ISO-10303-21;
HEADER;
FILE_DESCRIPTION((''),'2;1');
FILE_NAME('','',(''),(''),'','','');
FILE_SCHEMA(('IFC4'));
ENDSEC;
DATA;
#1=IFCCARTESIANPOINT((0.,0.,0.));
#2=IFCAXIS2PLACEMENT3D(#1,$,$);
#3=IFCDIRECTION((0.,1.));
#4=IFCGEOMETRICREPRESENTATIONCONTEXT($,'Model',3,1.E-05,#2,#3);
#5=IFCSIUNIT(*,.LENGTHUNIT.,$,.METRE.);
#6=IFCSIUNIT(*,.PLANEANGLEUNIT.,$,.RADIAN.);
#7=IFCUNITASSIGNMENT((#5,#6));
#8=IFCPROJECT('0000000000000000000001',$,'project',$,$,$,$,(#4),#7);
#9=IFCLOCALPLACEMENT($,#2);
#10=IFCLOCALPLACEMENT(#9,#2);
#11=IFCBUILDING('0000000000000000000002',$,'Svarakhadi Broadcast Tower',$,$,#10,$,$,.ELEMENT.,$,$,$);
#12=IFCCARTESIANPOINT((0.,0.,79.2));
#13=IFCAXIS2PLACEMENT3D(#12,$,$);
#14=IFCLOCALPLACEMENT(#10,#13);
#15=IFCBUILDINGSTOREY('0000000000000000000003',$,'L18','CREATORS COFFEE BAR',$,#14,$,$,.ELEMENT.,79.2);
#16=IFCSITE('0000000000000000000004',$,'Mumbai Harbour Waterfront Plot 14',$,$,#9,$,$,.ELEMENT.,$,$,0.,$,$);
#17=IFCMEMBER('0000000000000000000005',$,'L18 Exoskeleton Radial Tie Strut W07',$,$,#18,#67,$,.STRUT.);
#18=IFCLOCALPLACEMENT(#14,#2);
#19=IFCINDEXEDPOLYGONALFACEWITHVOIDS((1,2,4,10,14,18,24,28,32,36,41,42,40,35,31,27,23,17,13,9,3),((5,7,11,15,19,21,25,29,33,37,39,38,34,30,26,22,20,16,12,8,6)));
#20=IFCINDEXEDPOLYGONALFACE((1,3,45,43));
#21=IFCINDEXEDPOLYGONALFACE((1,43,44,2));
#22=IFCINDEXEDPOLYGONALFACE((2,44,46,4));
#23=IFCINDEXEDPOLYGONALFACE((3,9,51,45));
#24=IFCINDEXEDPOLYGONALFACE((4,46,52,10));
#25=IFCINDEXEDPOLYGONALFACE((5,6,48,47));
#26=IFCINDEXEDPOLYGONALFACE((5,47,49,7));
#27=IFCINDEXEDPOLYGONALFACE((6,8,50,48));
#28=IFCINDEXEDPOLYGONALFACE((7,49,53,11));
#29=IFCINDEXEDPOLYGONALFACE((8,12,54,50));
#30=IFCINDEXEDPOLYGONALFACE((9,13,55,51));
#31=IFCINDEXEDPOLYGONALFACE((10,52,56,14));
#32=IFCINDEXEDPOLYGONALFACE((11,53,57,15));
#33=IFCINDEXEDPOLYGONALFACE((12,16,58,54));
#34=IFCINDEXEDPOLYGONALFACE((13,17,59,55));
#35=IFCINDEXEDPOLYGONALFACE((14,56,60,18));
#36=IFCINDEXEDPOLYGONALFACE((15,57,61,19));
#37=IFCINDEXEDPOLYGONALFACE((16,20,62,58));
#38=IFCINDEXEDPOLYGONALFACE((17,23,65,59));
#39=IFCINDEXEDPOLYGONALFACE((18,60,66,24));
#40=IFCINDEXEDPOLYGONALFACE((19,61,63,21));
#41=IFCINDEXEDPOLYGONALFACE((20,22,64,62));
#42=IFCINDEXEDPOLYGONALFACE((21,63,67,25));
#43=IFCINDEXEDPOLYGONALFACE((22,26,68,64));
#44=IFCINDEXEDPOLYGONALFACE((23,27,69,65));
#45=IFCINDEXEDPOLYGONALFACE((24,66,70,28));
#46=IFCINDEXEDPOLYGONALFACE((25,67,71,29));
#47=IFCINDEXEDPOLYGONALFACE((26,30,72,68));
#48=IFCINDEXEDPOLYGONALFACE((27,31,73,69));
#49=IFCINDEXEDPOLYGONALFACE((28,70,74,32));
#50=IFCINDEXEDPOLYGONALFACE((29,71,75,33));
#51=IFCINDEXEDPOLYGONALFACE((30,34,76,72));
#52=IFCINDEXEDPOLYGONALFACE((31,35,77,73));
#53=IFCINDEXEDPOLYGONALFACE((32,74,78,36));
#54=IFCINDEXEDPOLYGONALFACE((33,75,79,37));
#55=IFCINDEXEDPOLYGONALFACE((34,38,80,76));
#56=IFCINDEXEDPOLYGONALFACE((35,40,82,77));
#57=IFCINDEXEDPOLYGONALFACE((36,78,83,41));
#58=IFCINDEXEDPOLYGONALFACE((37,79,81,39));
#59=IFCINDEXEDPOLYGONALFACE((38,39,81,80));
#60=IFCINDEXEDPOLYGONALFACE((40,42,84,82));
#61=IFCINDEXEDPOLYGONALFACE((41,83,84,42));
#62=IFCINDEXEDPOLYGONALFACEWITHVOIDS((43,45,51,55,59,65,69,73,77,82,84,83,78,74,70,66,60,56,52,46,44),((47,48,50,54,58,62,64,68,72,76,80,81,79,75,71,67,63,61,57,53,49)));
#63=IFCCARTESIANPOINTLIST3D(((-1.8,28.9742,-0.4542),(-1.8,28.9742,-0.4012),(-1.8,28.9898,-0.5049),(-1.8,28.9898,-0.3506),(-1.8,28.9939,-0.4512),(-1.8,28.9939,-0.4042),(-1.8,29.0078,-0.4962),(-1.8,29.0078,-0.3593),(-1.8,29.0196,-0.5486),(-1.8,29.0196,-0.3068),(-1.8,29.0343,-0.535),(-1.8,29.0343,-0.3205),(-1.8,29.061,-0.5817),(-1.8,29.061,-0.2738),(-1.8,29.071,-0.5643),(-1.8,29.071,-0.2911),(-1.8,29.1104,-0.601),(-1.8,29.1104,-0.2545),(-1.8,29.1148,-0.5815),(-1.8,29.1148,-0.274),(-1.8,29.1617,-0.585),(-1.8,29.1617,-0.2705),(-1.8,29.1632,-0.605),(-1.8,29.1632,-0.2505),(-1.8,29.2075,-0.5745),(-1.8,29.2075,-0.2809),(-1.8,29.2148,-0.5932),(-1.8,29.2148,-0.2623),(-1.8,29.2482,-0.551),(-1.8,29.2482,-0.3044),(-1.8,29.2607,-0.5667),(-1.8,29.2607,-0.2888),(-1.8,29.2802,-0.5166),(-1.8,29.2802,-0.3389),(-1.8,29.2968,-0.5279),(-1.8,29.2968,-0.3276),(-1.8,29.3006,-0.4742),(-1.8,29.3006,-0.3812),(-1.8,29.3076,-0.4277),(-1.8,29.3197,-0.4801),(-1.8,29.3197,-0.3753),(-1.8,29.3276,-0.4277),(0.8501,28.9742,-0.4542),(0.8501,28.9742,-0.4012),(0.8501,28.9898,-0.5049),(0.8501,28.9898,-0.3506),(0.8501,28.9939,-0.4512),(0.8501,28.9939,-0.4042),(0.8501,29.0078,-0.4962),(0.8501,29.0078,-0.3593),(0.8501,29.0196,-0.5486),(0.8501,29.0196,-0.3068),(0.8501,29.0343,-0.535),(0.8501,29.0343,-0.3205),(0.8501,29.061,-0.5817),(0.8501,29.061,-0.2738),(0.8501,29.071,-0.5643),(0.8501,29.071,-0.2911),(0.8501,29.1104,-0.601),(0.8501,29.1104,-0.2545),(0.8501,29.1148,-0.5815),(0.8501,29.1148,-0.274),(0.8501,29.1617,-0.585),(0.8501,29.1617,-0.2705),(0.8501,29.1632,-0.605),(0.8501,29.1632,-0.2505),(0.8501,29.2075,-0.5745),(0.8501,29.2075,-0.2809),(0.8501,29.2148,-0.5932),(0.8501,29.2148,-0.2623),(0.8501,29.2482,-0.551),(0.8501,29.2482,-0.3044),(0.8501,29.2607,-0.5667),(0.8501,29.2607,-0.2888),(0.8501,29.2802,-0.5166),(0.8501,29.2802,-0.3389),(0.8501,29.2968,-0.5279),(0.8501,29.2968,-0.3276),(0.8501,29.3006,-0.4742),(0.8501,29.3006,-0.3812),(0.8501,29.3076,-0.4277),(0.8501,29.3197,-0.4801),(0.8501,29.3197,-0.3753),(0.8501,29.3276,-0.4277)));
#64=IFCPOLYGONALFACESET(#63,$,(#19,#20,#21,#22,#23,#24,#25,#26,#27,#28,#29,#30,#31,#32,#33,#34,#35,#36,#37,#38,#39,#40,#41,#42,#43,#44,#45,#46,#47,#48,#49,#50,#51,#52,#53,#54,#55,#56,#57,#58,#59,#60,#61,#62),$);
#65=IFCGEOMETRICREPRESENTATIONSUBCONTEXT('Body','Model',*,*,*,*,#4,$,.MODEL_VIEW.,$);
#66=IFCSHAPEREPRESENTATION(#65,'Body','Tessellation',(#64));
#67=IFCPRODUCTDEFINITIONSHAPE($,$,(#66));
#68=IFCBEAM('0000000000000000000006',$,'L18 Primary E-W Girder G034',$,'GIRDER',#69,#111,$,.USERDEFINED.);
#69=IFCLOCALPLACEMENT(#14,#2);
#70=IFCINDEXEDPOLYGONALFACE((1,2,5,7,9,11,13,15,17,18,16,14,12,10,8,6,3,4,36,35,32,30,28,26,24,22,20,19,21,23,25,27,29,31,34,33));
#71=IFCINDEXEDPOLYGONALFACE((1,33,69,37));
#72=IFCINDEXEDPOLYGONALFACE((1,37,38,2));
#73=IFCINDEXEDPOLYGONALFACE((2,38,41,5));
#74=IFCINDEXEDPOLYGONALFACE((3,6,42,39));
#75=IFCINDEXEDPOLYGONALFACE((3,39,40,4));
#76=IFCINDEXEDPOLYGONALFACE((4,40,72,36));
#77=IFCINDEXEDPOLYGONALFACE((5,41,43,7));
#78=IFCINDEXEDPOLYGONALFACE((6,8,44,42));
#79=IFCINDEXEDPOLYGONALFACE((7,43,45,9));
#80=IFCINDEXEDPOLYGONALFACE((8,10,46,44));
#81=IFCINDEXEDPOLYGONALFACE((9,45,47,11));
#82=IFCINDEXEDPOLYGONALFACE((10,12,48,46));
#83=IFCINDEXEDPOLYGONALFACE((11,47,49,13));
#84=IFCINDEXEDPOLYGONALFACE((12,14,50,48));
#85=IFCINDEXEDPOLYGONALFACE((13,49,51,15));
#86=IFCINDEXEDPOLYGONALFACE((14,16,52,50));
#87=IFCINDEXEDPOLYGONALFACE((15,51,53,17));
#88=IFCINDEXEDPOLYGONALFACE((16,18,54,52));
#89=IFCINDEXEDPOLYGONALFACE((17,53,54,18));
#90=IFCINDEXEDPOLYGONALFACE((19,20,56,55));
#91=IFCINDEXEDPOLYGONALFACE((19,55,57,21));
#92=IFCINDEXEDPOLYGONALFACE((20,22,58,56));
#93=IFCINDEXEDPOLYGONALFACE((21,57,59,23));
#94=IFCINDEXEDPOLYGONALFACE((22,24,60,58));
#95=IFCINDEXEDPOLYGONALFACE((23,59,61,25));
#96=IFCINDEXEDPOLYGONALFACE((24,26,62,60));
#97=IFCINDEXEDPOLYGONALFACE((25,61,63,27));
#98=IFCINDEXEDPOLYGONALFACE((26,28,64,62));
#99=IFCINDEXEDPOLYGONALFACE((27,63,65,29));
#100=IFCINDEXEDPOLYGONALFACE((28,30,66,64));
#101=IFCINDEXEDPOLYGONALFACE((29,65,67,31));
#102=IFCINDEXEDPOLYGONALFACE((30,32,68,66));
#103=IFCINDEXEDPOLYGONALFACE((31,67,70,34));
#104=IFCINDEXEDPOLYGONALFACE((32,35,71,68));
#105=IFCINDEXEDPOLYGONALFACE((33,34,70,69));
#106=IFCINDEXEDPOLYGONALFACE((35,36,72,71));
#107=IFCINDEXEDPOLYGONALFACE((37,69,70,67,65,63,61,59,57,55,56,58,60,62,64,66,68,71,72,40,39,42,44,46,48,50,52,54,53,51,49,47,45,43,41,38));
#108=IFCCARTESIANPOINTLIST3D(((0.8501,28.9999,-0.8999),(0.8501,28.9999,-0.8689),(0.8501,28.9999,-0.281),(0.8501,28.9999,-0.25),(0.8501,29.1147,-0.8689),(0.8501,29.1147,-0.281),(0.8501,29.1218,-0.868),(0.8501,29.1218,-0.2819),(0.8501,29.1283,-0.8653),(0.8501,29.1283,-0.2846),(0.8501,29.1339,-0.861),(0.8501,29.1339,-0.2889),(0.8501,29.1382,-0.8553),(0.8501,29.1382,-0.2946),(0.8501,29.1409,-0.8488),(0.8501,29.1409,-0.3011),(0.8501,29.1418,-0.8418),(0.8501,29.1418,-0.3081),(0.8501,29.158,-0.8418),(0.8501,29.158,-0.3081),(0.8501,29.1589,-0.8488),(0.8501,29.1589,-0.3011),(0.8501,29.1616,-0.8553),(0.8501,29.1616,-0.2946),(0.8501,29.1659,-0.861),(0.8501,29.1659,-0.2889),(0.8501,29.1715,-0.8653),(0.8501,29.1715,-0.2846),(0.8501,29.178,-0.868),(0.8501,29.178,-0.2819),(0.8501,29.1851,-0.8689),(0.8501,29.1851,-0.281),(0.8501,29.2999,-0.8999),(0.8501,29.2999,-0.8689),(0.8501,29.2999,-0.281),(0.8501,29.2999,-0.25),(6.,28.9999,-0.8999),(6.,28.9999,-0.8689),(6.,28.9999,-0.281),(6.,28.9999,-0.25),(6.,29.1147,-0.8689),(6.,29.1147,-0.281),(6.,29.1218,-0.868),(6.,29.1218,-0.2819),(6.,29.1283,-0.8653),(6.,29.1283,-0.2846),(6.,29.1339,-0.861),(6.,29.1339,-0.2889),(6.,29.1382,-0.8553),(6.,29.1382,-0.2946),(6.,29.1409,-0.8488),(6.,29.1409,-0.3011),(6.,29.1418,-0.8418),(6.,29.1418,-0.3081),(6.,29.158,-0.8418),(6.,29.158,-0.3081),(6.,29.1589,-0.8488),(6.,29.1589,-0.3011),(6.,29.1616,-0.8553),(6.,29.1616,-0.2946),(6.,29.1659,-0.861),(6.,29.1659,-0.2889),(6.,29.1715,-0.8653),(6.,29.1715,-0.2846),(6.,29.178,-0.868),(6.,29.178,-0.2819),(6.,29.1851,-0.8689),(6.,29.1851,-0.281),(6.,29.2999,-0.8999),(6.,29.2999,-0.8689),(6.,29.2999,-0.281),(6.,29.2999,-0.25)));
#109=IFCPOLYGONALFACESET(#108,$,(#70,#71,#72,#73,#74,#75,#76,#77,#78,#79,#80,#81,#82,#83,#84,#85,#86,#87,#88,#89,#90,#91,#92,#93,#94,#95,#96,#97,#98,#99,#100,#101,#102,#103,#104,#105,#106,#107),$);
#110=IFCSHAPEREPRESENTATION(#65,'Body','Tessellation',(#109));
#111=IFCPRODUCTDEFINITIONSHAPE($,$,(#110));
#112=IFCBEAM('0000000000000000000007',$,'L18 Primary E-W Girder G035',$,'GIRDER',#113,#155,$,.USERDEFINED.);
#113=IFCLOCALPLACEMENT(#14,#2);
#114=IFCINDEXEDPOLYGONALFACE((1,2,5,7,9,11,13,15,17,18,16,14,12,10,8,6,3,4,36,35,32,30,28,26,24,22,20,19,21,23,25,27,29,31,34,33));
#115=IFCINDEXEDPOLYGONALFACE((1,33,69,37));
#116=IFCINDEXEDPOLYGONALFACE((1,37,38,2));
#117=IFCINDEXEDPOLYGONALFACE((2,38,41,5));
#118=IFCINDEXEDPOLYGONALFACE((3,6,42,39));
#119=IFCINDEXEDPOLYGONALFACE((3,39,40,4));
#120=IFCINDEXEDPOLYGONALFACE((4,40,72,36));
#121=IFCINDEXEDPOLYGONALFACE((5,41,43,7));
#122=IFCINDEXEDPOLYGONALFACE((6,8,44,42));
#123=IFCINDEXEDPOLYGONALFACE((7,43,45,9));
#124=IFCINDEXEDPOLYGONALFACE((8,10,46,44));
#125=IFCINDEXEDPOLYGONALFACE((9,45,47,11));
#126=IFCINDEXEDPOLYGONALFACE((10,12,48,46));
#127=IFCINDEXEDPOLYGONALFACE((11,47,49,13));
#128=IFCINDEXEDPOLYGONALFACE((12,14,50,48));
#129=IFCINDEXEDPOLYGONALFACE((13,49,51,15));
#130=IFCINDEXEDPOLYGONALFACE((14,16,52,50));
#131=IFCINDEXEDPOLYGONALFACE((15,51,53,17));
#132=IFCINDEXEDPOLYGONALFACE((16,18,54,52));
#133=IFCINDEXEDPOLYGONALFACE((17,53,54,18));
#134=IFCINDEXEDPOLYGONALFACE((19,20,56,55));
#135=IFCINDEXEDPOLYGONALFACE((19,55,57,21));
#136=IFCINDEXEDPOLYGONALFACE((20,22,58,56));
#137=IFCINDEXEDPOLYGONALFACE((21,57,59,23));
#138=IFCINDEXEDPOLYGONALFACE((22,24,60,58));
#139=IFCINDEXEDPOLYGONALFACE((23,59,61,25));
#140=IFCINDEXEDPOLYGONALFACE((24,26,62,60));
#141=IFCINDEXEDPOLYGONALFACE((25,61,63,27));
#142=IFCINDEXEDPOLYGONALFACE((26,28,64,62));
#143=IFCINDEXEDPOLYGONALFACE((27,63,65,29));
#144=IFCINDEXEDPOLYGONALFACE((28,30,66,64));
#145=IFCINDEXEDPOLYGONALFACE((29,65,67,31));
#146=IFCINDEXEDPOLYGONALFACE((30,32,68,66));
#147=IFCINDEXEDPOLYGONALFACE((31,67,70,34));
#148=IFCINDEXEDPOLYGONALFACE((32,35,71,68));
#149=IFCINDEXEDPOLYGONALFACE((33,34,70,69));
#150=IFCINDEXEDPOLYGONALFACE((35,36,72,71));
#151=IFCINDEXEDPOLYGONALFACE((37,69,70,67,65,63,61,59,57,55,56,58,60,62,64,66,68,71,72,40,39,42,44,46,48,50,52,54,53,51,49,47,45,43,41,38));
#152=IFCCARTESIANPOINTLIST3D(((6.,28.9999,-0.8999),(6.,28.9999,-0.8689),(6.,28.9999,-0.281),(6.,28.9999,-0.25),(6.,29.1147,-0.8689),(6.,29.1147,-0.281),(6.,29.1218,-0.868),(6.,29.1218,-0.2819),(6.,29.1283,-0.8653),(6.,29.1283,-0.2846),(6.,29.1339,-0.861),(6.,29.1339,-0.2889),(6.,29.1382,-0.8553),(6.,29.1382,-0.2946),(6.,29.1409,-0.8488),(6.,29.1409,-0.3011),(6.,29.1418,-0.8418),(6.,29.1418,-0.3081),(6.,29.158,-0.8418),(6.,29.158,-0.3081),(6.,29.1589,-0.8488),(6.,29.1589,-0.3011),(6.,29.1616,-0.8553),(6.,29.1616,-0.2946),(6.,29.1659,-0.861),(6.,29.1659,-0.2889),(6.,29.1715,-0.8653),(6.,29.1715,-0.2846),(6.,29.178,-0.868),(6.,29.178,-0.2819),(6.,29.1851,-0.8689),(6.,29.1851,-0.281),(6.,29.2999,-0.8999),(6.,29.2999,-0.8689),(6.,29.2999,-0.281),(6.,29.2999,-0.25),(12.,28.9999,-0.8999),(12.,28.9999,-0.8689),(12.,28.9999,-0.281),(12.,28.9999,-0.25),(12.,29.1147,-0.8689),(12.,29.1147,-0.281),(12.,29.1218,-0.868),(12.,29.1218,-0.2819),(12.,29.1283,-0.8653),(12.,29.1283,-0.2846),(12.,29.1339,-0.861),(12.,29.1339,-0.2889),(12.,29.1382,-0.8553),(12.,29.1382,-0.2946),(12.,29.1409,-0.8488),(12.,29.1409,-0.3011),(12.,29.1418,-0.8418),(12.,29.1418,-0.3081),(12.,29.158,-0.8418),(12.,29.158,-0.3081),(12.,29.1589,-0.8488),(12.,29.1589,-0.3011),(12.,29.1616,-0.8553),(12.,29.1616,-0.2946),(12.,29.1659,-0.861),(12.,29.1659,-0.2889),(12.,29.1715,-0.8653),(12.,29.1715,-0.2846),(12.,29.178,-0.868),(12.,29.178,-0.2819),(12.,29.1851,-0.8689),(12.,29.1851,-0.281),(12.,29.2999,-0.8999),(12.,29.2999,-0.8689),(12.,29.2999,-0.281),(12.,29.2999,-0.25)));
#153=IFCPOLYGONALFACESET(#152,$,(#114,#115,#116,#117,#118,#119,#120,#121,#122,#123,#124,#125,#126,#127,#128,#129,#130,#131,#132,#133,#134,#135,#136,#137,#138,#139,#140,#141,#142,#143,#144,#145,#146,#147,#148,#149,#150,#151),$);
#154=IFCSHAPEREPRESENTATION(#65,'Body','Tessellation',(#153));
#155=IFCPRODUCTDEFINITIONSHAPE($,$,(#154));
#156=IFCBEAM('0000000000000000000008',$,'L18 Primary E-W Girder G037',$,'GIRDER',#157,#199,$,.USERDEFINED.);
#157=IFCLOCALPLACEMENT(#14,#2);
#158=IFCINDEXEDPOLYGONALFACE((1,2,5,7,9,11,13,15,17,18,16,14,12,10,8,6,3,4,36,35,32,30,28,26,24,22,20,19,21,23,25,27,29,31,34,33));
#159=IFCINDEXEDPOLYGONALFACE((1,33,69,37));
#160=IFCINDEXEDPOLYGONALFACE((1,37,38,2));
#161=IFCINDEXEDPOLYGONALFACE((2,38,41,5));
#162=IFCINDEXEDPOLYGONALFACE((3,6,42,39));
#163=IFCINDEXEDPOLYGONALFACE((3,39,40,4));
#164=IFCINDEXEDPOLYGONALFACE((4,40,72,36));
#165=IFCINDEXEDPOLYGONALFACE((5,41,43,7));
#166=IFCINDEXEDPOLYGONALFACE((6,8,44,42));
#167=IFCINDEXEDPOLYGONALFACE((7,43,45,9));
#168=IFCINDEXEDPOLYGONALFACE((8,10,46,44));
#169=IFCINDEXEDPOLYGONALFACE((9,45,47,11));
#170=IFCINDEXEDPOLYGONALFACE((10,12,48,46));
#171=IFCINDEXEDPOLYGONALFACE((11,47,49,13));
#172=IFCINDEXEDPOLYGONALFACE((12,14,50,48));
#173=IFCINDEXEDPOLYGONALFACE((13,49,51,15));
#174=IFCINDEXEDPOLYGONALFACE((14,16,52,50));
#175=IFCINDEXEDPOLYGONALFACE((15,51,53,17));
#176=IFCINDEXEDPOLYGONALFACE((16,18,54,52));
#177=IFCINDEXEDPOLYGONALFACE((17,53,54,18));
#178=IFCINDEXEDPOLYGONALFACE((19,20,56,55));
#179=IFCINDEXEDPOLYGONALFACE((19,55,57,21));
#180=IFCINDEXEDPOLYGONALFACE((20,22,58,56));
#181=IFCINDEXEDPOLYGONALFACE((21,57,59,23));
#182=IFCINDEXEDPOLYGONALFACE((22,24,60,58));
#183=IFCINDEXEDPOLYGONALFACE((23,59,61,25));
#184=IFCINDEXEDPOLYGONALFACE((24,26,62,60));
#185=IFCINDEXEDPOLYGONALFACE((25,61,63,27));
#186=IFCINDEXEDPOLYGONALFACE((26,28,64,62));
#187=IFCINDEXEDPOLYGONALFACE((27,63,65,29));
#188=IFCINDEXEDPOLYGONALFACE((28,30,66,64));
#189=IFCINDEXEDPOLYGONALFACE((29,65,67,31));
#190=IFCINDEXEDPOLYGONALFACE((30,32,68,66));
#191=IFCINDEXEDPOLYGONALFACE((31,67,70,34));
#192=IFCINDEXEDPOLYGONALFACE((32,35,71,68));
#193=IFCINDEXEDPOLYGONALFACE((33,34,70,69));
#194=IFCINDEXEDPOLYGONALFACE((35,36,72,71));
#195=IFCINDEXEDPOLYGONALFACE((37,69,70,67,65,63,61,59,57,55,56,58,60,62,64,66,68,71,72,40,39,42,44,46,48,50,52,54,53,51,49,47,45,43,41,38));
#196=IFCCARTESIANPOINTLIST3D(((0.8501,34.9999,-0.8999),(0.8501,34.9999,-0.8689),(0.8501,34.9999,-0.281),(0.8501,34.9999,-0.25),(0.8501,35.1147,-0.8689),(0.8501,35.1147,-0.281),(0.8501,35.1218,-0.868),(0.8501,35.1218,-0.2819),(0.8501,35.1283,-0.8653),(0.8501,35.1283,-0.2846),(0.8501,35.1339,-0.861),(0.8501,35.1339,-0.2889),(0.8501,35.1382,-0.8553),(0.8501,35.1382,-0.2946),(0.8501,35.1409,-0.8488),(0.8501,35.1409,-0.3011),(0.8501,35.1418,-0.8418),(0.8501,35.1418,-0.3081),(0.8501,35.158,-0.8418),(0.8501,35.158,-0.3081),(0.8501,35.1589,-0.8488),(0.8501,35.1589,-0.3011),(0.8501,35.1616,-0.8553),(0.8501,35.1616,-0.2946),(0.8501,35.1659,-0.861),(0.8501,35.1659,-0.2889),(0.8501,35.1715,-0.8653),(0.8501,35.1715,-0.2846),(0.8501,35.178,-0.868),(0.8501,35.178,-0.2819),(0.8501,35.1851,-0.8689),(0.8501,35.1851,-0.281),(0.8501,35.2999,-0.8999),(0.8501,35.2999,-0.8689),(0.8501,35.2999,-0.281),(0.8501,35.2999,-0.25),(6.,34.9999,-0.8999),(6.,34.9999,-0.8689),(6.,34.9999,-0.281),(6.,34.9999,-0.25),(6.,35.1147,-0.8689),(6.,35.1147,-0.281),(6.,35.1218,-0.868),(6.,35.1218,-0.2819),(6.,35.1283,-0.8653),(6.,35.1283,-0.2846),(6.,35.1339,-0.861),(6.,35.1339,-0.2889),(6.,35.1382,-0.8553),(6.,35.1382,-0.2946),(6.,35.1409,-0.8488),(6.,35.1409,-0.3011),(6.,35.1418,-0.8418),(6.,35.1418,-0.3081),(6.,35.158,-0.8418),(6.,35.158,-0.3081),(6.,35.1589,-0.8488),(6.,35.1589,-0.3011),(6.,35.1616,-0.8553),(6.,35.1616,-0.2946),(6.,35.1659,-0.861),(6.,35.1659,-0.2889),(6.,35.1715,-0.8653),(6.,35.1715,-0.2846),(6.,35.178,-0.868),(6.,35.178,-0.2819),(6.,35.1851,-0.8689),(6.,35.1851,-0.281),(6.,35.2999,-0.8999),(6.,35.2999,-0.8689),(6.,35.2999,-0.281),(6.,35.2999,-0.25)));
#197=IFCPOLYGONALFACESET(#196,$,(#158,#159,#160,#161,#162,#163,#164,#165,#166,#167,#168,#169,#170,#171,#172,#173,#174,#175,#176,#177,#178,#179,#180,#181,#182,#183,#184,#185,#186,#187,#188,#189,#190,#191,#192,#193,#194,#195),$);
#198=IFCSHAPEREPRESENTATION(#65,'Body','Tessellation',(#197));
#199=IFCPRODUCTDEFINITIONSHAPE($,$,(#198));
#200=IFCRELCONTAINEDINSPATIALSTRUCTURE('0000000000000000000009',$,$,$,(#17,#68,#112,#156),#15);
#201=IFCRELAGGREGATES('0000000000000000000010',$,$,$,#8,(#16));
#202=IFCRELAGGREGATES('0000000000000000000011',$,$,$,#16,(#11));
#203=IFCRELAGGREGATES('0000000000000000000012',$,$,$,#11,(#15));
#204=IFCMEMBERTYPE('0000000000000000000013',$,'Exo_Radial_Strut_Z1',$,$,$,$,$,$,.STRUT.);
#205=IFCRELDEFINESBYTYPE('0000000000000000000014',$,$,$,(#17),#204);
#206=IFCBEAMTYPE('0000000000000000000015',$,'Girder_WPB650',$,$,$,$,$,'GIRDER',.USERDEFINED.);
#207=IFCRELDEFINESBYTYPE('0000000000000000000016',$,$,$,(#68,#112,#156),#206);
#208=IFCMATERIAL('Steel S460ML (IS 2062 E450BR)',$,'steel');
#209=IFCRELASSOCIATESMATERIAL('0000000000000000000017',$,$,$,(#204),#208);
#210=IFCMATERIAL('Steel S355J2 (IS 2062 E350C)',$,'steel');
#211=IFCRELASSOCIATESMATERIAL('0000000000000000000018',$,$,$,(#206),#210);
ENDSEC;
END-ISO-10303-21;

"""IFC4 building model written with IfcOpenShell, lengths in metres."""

from ifc_helpers import new_model, si_unit, direction, frame, origin, origin_2d, place, context, subcontext, project, spatial, hollow_circle, i_section, extrude, material, material_profile, profile_set, type_object, element, save


model = new_model("IFC4")

# Units and contexts
model_context = context("Model", 3, precision=1e-05, world=origin(), true_north=direction((0.0, 1.0)))
body_context = subcontext(model_context, "Body", "Model", "MODEL_VIEW")
ifc_project = project(units=[si_unit("LENGTHUNIT", "METRE"), si_unit("PLANEANGLEUNIT", "RADIAN")], contexts=[model_context])

# Site, building, storey
site_placement = place(None, origin())
site = spatial("IfcSite", under=ifc_project, at=site_placement, Name="Mumbai Harbour Waterfront Plot 14", CompositionType="ELEMENT", RefElevation=0.0)
building_placement = place(site_placement, origin())
building = spatial("IfcBuilding", under=site, at=building_placement, Name="Svarakhadi Broadcast Tower", CompositionType="ELEMENT")
storey_placement = place(building_placement, frame((0.0, 0.0, 79.2)))
storey = spatial("IfcBuildingStorey", under=building, at=storey_placement, Name="L18", Description="CREATORS COFFEE BAR", CompositionType="ELEMENT", Elevation=79.2)

# Shared definitions
ifc_material_1 = material(Name="Steel S460ML (IS 2062 E450BR)", Category="steel")

# Shared definitions
ifc_material_2 = material(Name="Steel S355J2 (IS 2062 E350C)", Category="steel")

# Member
ifc_material_profile_1 = material_profile(ifc_material_1, hollow_circle(Radius=0.1777, WallThickness=0.02, at=origin_2d()), Name="CHS 355.6x20")
ifc_profile_set_1 = profile_set([ifc_material_profile_1], Name="Steel S460ML (IS 2062 E450BR)")
member_type_1 = type_object("IfcMemberType", Name="Exo_Radial_Strut_Z1", PredefinedType="STRUT", material=ifc_profile_set_1)
member_1_placement = place(storey_placement, frame((-1.8, 29.1499, -0.4277), z_axis=(1.0, 0.0, 0.0), x_axis=(0.0, 1.0, 0.0)))
element("IfcMember", 1, at=member_1_placement, inside=storey, type_object=member_type_1, Name="L18 Exoskeleton Radial Tie Strut W07", PredefinedType="STRUT", context=body_context, shape_type="SweptSolid", body=[
    extrude(hollow_circle(Radius=0.1777, WallThickness=0.02, at=origin_2d()), origin(), (0.0, 0.0, 1.0), 2.6501),
])

# Beams
ifc_material_profile_2 = material_profile(ifc_material_2, i_section(OverallWidth=0.3, OverallDepth=0.6499, WebThickness=0.0161, FlangeThickness=0.031, FilletRadius=0.0271, at=origin_2d()), Name="WPB 650x300x225")
ifc_profile_set_2 = profile_set([ifc_material_profile_2], Name="Steel S355J2 (IS 2062 E350C)")
beam_type_1 = type_object("IfcBeamType", Name="Girder_WPB650", ElementType="GIRDER", PredefinedType="USERDEFINED", material=ifc_profile_set_2)
beam_1_placement = place(storey_placement, frame((0.8501, 29.1499, -0.575), z_axis=(1.0, 0.0, 0.0), x_axis=(0.0, 1.0, 0.0)))
element("IfcBeam", 2, at=beam_1_placement, inside=storey, type_object=beam_type_1, Name="L18 Primary E-W Girder G034", ObjectType="GIRDER", PredefinedType="USERDEFINED", context=body_context, shape_type="SweptSolid", body=[
    extrude(i_section(OverallWidth=0.3, OverallDepth=0.6499, WebThickness=0.0161, FlangeThickness=0.031, FilletRadius=0.0271, at=origin_2d()), origin(), (0.0, 0.0, 1.0), 5.1499),
])
beam_2_placement = place(storey_placement, frame((6.0, 29.1499, -0.575), z_axis=(1.0, 0.0, 0.0), x_axis=(0.0, 1.0, 0.0)))
element("IfcBeam", 3, at=beam_2_placement, inside=storey, type_object=beam_type_1, Name="L18 Primary E-W Girder G035", ObjectType="GIRDER", PredefinedType="USERDEFINED", context=body_context, shape_type="SweptSolid", body=[
    extrude(i_section(OverallWidth=0.3, OverallDepth=0.6499, WebThickness=0.0161, FlangeThickness=0.031, FilletRadius=0.0271, at=origin_2d()), origin(), (0.0, 0.0, 1.0), 6.0),
])
for number, where, z_axis, x_axis, name in (
    (4, (0.8501, 35.1499, -0.575), (1.0, 0.0, 0.0), (0.0, 1.0, 0.0), "L18 Primary E-W Girder G037"),
):
    element("IfcBeam", number, at=place(storey_placement, frame(where, z_axis=z_axis, x_axis=x_axis)), inside=storey, type_object=beam_type_1, Name=name, ObjectType="GIRDER", PredefinedType="USERDEFINED", context=body_context, shape_type="SweptSolid", body=[
        extrude(i_section(OverallWidth=0.3, OverallDepth=0.6499, WebThickness=0.0161, FlangeThickness=0.031, FilletRadius=0.0271, at=origin_2d()), origin(), (0.0, 0.0, 1.0), 5.1499),
    ])

save(model, "model.ifc")
